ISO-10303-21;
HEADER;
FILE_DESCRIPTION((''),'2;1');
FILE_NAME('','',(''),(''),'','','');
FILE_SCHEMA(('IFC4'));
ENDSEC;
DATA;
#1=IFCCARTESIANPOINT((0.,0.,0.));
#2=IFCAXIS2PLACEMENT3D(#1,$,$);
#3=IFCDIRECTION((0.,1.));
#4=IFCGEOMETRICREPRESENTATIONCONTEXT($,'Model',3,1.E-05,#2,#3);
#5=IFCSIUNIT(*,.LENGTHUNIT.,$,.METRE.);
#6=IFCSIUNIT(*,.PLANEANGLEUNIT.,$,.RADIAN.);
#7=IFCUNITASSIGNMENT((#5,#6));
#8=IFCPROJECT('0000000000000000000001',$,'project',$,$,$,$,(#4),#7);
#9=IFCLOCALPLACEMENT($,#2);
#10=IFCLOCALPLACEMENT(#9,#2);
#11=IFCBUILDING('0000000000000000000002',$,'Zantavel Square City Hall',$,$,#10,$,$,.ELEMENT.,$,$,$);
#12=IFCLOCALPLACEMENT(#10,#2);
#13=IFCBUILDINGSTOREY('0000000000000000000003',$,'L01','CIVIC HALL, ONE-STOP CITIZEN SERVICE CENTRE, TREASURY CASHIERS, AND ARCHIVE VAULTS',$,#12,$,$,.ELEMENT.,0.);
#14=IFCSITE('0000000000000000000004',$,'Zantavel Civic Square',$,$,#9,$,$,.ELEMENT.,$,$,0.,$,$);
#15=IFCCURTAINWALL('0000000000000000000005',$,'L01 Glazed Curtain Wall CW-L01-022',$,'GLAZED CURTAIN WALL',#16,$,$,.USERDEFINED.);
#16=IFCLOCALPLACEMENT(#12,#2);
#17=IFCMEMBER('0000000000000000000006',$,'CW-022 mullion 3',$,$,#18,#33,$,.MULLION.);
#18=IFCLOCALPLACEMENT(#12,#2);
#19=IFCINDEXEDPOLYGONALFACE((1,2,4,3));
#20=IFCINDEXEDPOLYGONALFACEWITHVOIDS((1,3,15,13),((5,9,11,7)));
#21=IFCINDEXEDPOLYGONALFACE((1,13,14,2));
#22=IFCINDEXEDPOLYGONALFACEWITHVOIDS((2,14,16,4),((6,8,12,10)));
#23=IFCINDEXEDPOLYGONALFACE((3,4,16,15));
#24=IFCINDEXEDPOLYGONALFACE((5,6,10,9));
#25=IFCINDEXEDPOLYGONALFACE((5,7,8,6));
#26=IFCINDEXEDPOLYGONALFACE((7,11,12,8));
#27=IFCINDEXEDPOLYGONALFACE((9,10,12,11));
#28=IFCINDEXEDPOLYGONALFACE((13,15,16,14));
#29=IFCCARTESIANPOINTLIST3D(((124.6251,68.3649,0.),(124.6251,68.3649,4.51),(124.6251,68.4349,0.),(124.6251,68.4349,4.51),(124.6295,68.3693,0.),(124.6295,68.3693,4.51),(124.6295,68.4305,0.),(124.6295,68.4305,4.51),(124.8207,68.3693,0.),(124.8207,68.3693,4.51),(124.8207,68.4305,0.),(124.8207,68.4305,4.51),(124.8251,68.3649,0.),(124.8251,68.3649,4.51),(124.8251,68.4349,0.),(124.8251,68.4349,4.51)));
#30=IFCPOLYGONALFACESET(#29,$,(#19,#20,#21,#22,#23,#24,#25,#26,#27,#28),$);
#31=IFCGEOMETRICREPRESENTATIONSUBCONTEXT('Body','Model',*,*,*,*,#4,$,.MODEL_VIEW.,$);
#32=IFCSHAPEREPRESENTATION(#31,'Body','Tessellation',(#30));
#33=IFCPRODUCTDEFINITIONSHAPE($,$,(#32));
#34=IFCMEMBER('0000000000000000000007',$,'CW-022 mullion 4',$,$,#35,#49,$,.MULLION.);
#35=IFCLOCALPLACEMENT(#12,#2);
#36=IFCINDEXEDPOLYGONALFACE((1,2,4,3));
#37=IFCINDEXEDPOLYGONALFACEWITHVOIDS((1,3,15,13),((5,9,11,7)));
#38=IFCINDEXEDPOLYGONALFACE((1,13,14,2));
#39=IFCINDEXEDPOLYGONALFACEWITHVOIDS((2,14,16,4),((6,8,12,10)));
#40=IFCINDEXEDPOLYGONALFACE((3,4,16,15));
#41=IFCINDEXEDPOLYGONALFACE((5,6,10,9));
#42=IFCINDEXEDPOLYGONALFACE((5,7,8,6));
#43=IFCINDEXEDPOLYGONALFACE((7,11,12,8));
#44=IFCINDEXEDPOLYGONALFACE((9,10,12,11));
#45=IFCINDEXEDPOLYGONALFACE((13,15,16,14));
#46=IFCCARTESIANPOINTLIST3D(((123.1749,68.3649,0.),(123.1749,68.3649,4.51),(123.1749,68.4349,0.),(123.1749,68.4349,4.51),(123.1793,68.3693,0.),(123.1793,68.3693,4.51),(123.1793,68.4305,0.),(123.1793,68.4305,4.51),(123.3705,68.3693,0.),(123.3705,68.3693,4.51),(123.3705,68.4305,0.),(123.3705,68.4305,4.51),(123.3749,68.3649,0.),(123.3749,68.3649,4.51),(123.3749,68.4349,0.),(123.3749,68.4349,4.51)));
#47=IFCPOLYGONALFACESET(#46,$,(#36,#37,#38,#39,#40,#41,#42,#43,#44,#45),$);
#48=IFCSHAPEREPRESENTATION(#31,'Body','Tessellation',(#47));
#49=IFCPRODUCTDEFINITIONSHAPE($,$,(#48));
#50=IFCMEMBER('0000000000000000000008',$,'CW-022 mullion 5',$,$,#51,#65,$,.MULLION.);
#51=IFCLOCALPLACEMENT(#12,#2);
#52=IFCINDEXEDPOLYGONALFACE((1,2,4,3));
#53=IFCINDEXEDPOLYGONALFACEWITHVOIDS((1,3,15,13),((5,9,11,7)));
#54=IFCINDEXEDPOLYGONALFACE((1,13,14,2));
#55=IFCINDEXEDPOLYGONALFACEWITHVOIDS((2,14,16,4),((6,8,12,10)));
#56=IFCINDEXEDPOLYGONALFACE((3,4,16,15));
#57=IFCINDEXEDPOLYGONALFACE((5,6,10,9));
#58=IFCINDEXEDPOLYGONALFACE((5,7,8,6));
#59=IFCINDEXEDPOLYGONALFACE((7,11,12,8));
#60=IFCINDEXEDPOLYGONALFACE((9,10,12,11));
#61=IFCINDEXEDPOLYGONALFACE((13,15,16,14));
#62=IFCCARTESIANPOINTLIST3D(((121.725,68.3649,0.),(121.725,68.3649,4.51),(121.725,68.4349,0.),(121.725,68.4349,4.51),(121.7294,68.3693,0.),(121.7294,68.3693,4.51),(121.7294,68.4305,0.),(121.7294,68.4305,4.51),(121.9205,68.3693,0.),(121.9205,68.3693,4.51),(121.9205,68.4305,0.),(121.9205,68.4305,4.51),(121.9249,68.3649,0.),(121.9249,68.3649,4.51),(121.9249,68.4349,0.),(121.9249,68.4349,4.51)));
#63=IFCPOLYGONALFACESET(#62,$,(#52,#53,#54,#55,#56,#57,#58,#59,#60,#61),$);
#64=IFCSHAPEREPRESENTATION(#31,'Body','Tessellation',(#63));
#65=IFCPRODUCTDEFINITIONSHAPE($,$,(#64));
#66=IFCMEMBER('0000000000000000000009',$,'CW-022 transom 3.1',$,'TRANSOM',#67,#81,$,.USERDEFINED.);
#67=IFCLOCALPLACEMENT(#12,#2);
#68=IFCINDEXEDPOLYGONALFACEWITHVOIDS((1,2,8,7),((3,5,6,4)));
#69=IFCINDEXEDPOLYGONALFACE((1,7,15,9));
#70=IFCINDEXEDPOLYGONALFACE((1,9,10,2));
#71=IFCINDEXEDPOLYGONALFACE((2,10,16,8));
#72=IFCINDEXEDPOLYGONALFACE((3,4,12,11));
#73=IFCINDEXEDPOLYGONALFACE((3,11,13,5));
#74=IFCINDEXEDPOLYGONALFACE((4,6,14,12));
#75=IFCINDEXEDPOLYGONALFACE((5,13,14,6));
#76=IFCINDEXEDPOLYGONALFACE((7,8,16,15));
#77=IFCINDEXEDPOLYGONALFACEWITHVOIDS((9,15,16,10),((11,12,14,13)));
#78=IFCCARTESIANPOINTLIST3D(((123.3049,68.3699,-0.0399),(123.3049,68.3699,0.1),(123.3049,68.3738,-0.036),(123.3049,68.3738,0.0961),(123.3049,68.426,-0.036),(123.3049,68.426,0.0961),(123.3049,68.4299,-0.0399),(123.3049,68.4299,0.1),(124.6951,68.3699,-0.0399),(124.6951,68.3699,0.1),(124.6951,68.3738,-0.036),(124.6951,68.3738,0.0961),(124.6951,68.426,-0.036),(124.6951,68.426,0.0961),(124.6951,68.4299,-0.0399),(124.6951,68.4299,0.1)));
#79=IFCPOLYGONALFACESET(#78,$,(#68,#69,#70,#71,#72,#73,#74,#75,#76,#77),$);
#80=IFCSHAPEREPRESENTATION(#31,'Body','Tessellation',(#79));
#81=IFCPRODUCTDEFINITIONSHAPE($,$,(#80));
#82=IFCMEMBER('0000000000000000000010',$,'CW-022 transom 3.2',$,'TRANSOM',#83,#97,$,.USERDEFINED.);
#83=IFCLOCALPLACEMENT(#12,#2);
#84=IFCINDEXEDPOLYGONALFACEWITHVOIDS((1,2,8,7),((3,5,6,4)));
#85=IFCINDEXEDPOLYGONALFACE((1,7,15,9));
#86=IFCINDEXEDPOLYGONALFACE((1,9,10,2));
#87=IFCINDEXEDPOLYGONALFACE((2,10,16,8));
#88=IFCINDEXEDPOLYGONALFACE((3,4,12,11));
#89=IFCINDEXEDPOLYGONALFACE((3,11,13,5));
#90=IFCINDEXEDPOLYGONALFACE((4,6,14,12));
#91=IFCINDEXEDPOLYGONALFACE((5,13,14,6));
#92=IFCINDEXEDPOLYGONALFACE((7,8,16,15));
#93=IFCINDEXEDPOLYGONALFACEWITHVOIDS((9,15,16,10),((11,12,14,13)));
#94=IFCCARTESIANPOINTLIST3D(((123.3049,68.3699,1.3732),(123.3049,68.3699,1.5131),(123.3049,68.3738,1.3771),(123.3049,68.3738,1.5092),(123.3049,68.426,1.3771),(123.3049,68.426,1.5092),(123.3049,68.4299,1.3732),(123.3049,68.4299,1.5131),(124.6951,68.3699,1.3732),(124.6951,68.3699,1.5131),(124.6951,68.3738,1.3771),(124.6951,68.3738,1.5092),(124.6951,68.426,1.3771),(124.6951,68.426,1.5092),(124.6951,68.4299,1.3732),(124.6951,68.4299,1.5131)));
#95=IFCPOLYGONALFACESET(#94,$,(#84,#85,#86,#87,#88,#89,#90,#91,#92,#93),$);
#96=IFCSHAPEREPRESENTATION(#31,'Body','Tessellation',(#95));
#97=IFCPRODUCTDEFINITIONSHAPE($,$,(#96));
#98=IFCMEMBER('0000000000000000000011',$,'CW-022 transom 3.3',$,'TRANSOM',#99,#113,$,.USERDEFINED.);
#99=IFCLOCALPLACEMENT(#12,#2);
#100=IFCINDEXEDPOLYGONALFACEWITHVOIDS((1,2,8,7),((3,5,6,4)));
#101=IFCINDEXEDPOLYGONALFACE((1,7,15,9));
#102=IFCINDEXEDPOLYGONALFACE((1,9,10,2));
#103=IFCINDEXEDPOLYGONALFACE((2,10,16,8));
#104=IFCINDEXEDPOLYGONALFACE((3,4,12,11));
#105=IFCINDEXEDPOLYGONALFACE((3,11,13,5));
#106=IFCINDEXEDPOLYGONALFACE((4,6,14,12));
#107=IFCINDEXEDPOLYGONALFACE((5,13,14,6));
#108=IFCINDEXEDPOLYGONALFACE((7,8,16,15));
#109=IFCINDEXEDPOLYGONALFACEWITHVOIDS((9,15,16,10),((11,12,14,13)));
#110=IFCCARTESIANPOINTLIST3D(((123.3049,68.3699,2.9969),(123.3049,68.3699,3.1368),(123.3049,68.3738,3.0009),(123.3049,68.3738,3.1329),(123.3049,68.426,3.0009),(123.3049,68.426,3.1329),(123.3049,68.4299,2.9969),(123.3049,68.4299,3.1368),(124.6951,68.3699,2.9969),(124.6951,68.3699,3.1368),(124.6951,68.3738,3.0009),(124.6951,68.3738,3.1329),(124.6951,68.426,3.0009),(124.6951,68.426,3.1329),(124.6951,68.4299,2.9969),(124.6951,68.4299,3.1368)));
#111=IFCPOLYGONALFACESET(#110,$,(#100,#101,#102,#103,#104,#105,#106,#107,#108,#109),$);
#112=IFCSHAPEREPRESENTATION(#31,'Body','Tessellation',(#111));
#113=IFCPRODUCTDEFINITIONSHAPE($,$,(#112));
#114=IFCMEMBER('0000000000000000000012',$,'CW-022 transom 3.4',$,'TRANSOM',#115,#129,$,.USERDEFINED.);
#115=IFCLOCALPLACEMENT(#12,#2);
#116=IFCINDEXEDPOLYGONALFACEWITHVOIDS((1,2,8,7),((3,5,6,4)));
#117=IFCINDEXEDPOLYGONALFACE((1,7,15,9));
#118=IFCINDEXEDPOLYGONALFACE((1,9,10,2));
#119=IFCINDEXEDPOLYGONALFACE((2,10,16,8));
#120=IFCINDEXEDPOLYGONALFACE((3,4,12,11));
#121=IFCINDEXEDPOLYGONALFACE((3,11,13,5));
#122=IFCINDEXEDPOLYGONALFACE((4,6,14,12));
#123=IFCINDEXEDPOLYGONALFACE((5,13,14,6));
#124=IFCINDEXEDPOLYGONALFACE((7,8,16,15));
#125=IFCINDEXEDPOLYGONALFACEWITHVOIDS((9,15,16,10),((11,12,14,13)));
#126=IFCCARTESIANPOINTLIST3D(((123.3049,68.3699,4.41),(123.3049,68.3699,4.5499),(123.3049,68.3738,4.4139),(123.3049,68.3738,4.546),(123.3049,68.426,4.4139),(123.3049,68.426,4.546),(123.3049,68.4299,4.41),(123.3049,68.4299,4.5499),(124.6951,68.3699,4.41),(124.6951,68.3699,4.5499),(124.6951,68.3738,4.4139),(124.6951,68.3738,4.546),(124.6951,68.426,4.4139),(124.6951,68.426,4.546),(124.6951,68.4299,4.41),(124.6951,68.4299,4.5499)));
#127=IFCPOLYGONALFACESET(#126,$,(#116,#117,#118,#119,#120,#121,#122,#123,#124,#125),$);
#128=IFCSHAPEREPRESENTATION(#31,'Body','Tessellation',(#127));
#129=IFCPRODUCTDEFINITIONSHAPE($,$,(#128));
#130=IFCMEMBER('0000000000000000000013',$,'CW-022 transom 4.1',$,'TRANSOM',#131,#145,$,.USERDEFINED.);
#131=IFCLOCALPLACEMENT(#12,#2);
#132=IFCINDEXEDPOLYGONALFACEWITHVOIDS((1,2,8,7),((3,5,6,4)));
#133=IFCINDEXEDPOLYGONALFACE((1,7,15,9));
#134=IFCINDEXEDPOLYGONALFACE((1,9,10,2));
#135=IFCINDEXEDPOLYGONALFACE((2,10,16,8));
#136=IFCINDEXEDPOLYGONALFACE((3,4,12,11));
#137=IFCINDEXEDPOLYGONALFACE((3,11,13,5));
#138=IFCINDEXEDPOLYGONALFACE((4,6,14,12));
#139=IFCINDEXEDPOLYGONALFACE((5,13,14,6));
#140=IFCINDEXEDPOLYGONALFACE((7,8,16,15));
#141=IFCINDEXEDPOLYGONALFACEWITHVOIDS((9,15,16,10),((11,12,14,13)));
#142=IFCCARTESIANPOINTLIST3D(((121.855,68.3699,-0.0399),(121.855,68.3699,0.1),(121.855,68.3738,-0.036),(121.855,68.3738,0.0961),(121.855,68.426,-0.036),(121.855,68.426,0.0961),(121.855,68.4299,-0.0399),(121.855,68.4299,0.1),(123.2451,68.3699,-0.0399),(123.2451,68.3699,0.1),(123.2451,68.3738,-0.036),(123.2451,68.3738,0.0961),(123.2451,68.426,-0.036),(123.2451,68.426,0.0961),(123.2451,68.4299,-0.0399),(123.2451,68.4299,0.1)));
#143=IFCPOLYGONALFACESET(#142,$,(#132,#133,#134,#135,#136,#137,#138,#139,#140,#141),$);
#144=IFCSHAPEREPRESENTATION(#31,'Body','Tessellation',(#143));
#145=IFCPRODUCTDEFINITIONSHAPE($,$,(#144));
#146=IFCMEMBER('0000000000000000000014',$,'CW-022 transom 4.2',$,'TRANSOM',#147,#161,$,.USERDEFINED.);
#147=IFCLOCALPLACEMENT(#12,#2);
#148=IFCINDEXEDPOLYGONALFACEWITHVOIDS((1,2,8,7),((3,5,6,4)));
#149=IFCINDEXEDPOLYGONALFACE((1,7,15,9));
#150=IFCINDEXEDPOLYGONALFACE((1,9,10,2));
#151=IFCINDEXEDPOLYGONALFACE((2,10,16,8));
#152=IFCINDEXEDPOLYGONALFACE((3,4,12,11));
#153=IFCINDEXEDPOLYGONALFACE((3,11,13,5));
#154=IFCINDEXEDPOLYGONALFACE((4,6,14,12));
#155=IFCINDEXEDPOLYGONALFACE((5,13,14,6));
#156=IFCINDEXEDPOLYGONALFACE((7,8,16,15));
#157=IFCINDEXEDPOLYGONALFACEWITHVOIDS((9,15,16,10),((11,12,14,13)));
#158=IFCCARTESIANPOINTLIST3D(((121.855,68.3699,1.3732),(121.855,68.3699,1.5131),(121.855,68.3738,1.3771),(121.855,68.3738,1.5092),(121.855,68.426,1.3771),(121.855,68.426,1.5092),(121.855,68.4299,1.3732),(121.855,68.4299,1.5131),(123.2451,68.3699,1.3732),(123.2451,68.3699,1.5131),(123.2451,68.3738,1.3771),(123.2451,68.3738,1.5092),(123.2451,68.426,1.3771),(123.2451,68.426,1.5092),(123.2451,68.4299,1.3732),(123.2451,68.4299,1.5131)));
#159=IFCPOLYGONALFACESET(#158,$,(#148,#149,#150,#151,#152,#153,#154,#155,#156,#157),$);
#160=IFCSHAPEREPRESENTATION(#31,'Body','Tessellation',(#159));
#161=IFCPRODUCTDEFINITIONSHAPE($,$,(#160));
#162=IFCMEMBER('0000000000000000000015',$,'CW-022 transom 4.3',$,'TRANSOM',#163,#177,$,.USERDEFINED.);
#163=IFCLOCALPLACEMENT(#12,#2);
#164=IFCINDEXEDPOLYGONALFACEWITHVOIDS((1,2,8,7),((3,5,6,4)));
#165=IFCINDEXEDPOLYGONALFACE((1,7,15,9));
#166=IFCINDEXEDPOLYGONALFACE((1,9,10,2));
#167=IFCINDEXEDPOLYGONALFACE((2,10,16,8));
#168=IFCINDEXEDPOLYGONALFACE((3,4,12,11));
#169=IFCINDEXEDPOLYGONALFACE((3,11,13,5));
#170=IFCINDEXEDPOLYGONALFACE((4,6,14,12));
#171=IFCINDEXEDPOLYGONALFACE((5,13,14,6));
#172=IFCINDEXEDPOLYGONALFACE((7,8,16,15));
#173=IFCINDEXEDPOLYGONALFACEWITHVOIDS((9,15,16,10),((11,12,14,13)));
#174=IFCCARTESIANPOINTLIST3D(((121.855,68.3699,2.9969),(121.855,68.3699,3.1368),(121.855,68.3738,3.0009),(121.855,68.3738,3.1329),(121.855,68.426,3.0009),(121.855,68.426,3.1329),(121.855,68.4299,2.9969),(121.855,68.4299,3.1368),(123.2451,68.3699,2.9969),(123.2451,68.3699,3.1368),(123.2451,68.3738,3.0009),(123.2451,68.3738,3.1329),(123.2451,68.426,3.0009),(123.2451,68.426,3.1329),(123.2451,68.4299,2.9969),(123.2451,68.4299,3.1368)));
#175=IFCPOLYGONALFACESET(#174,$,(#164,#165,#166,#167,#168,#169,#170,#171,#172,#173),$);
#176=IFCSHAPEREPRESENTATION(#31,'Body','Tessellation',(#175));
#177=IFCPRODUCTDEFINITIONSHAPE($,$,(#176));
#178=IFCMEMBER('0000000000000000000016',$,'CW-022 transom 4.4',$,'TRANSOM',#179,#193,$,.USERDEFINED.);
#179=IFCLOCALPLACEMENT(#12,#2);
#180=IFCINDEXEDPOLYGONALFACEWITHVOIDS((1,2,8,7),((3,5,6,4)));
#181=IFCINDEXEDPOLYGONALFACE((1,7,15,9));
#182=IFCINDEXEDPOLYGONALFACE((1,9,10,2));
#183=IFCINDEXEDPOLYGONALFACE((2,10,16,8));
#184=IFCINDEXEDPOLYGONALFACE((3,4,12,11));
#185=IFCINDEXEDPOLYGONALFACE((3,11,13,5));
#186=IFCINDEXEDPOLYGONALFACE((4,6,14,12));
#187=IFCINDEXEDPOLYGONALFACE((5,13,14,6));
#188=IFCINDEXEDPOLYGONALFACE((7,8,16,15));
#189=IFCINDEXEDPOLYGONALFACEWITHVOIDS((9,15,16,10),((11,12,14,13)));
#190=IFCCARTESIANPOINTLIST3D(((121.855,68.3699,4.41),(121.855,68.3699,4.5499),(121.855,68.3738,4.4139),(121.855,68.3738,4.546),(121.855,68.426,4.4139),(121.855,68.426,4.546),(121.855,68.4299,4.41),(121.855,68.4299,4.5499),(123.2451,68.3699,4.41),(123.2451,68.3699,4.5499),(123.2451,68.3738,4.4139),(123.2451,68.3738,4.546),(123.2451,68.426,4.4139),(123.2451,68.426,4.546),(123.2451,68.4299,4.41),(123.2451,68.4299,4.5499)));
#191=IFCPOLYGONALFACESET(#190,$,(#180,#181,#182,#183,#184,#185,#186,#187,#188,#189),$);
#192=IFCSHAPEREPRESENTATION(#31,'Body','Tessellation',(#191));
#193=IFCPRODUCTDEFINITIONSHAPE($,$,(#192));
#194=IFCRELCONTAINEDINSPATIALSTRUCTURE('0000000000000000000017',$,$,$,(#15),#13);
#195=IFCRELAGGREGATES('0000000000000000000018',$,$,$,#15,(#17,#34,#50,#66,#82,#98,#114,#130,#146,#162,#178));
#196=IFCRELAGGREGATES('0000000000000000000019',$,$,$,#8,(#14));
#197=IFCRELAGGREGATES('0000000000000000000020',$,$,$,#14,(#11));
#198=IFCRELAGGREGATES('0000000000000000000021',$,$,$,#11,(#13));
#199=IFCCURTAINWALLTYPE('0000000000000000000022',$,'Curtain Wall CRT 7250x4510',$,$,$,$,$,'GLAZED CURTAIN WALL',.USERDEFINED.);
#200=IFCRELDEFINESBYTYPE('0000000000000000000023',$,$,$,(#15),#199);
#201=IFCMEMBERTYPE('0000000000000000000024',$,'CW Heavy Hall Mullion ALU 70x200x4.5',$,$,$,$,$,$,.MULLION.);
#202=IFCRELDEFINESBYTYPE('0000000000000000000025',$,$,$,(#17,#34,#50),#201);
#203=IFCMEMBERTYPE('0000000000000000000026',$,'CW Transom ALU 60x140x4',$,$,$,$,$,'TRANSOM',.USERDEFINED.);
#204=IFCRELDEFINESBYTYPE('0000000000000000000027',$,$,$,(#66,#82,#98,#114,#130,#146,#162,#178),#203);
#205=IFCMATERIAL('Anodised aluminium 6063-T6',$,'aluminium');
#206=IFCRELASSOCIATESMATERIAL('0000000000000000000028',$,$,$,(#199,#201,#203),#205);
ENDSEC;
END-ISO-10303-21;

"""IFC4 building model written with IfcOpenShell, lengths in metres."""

from ifc_helpers import new_model, si_unit, direction, frame, origin, origin_2d, place, context, subcontext, project, spatial, hollow_rectangle, extrude, material, material_profile, profile_set, type_object, element, aggregate, save


model = new_model("IFC4")

# Units and contexts
model_context = context("Model", 3, precision=1e-05, world=origin(), true_north=direction((0.0, 1.0)))
body_context = subcontext(model_context, "Body", "Model", "MODEL_VIEW")
ifc_project = project(units=[si_unit("LENGTHUNIT", "METRE"), si_unit("PLANEANGLEUNIT", "RADIAN")], contexts=[model_context])

# Site, building, storey
site_placement = place(None, origin())
site = spatial("IfcSite", under=ifc_project, at=site_placement, Name="Zantavel Civic Square", CompositionType="ELEMENT", RefElevation=0.0)
building_placement = place(site_placement, origin())
building = spatial("IfcBuilding", under=site, at=building_placement, Name="Zantavel Square City Hall", CompositionType="ELEMENT")
storey_placement = place(building_placement, origin())
storey = spatial("IfcBuildingStorey", under=building, at=storey_placement, Name="L01", Description="CIVIC HALL, ONE-STOP CITIZEN SERVICE CENTRE, TREASURY CASHIERS, AND ARCHIVE VAULTS", CompositionType="ELEMENT", Elevation=0.0)

# Curtain wall, members
ifc_material_1 = material(Name="Anodised aluminium 6063-T6", Category="aluminium")
curtain_wall_type = type_object("IfcCurtainWallType", Name="Curtain Wall CRT 7250x4510", ElementType="GLAZED CURTAIN WALL", PredefinedType="USERDEFINED", material=ifc_material_1)
curtain_wall_placement = place(storey_placement, origin())
curtain_wall = element("IfcCurtainWall", 1, at=curtain_wall_placement, inside=storey, type_object=curtain_wall_type, Name="L01 Glazed Curtain Wall CW-L01-022", ObjectType="GLAZED CURTAIN WALL", PredefinedType="USERDEFINED")
ifc_material_profile_1 = material_profile(ifc_material_1, hollow_rectangle(XDim=0.0701, YDim=0.2, WallThickness=0.0044, at=origin_2d()), Name="ALU 70x200x4.5")
ifc_profile_set_1 = profile_set([ifc_material_profile_1], Name="Anodised aluminium 6063-T6")
member_type_1 = type_object("IfcMemberType", Name="CW Heavy Hall Mullion ALU 70x200x4.5", PredefinedType="MULLION", material=ifc_profile_set_1)
member_1_placement = place(storey_placement, frame((124.7251, 68.3999, 0.0), z_axis=(0.0, 0.0, 1.0), x_axis=(0.0, -1.0, 0.0)))
member_1 = element("IfcMember", 2, at=member_1_placement, type_object=member_type_1, Name="CW-022 mullion 3", PredefinedType="MULLION", context=body_context, shape_type="SweptSolid", body=[
    extrude(hollow_rectangle(XDim=0.0701, YDim=0.2, WallThickness=0.0044, at=origin_2d()), origin(), (0.0, 0.0, 1.0), 4.51),
])
member_2_placement = place(storey_placement, frame((123.2749, 68.3999, 0.0), z_axis=(0.0, 0.0, 1.0), x_axis=(0.0, -1.0, 0.0)))
member_2 = element("IfcMember", 3, at=member_2_placement, type_object=member_type_1, Name="CW-022 mullion 4", PredefinedType="MULLION", context=body_context, shape_type="SweptSolid", body=[
    extrude(hollow_rectangle(XDim=0.0701, YDim=0.2, WallThickness=0.0044, at=origin_2d()), origin(), (0.0, 0.0, 1.0), 4.51),
])
member_3_placement = place(storey_placement, frame((121.825, 68.3999, 0.0), z_axis=(0.0, 0.0, 1.0), x_axis=(0.0, -1.0, 0.0)))
member_3 = element("IfcMember", 4, at=member_3_placement, type_object=member_type_1, Name="CW-022 mullion 5", PredefinedType="MULLION", context=body_context, shape_type="SweptSolid", body=[
    extrude(hollow_rectangle(XDim=0.0701, YDim=0.2, WallThickness=0.0044, at=origin_2d()), origin(), (0.0, 0.0, 1.0), 4.51),
])
ifc_material_profile_2 = material_profile(ifc_material_1, hollow_rectangle(XDim=0.0601, YDim=0.1399, WallThickness=0.0039, at=origin_2d()), Name="ALU 60x140x4")
ifc_profile_set_2 = profile_set([ifc_material_profile_2], Name="Anodised aluminium 6063-T6")
member_type_2 = type_object("IfcMemberType", Name="CW Transom ALU 60x140x4", ElementType="TRANSOM", PredefinedType="USERDEFINED", material=ifc_profile_set_2)
member_4_placement = place(storey_placement, frame((124.6951, 68.3999, 0.03), z_axis=(-1.0, 0.0, 0.0), x_axis=(0.0, -1.0, 0.0)))
member_4 = element("IfcMember", 5, at=member_4_placement, type_object=member_type_2, Name="CW-022 transom 3.1", ObjectType="TRANSOM", PredefinedType="USERDEFINED", context=body_context, shape_type="SweptSolid", body=[
    extrude(hollow_rectangle(XDim=0.0601, YDim=0.1399, WallThickness=0.0039, at=origin_2d()), origin(), (0.0, 0.0, 1.0), 1.3901),
])
member_5_placement = place(storey_placement, frame((124.6951, 68.3999, 1.4431), z_axis=(-1.0, 0.0, 0.0), x_axis=(0.0, -1.0, 0.0)))
member_5 = element("IfcMember", 6, at=member_5_placement, type_object=member_type_2, Name="CW-022 transom 3.2", ObjectType="TRANSOM", PredefinedType="USERDEFINED", context=body_context, shape_type="SweptSolid", body=[
    extrude(hollow_rectangle(XDim=0.0601, YDim=0.1399, WallThickness=0.0039, at=origin_2d()), origin(), (0.0, 0.0, 1.0), 1.3901),
])
member_6_placement = place(storey_placement, frame((124.6951, 68.3999, 3.0669), z_axis=(-1.0, 0.0, 0.0), x_axis=(0.0, -1.0, 0.0)))
member_6 = element("IfcMember", 7, at=member_6_placement, type_object=member_type_2, Name="CW-022 transom 3.3", ObjectType="TRANSOM", PredefinedType="USERDEFINED", context=body_context, shape_type="SweptSolid", body=[
    extrude(hollow_rectangle(XDim=0.0601, YDim=0.1399, WallThickness=0.0039, at=origin_2d()), origin(), (0.0, 0.0, 1.0), 1.3901),
])
member_7_placement = place(storey_placement, frame((124.6951, 68.3999, 4.48), z_axis=(-1.0, 0.0, 0.0), x_axis=(0.0, -1.0, 0.0)))
member_7 = element("IfcMember", 8, at=member_7_placement, type_object=member_type_2, Name="CW-022 transom 3.4", ObjectType="TRANSOM", PredefinedType="USERDEFINED", context=body_context, shape_type="SweptSolid", body=[
    extrude(hollow_rectangle(XDim=0.0601, YDim=0.1399, WallThickness=0.0039, at=origin_2d()), origin(), (0.0, 0.0, 1.0), 1.3901),
])
member_8_placement = place(storey_placement, frame((123.2451, 68.3999, 0.03), z_axis=(-1.0, 0.0, 0.0), x_axis=(0.0, -1.0, 0.0)))
member_8 = element("IfcMember", 9, at=member_8_placement, type_object=member_type_2, Name="CW-022 transom 4.1", ObjectType="TRANSOM", PredefinedType="USERDEFINED", context=body_context, shape_type="SweptSolid", body=[
    extrude(hollow_rectangle(XDim=0.0601, YDim=0.1399, WallThickness=0.0039, at=origin_2d()), origin(), (0.0, 0.0, 1.0), 1.3901),
])
member_9_placement = place(storey_placement, frame((123.2451, 68.3999, 1.4431), z_axis=(-1.0, 0.0, 0.0), x_axis=(0.0, -1.0, 0.0)))
member_9 = element("IfcMember", 10, at=member_9_placement, type_object=member_type_2, Name="CW-022 transom 4.2", ObjectType="TRANSOM", PredefinedType="USERDEFINED", context=body_context, shape_type="SweptSolid", body=[
    extrude(hollow_rectangle(XDim=0.0601, YDim=0.1399, WallThickness=0.0039, at=origin_2d()), origin(), (0.0, 0.0, 1.0), 1.3901),
])
member_10_placement = place(storey_placement, frame((123.2451, 68.3999, 3.0669), z_axis=(-1.0, 0.0, 0.0), x_axis=(0.0, -1.0, 0.0)))
member_10 = element("IfcMember", 11, at=member_10_placement, type_object=member_type_2, Name="CW-022 transom 4.3", ObjectType="TRANSOM", PredefinedType="USERDEFINED", context=body_context, shape_type="SweptSolid", body=[
    extrude(hollow_rectangle(XDim=0.0601, YDim=0.1399, WallThickness=0.0039, at=origin_2d()), origin(), (0.0, 0.0, 1.0), 1.3901),
])
member_11_placement = place(storey_placement, frame((123.2451, 68.3999, 4.48), z_axis=(-1.0, 0.0, 0.0), x_axis=(0.0, -1.0, 0.0)))
member_11 = element("IfcMember", 12, at=member_11_placement, type_object=member_type_2, Name="CW-022 transom 4.4", ObjectType="TRANSOM", PredefinedType="USERDEFINED", context=body_context, shape_type="SweptSolid", body=[
    extrude(hollow_rectangle(XDim=0.0601, YDim=0.1399, WallThickness=0.0039, at=origin_2d()), origin(), (0.0, 0.0, 1.0), 1.3901),
])
aggregate(curtain_wall, [member_1, member_2, member_3, member_4, member_5, member_6, member_7, member_8, member_9, member_10, member_11])

save(model, "model.ifc")
